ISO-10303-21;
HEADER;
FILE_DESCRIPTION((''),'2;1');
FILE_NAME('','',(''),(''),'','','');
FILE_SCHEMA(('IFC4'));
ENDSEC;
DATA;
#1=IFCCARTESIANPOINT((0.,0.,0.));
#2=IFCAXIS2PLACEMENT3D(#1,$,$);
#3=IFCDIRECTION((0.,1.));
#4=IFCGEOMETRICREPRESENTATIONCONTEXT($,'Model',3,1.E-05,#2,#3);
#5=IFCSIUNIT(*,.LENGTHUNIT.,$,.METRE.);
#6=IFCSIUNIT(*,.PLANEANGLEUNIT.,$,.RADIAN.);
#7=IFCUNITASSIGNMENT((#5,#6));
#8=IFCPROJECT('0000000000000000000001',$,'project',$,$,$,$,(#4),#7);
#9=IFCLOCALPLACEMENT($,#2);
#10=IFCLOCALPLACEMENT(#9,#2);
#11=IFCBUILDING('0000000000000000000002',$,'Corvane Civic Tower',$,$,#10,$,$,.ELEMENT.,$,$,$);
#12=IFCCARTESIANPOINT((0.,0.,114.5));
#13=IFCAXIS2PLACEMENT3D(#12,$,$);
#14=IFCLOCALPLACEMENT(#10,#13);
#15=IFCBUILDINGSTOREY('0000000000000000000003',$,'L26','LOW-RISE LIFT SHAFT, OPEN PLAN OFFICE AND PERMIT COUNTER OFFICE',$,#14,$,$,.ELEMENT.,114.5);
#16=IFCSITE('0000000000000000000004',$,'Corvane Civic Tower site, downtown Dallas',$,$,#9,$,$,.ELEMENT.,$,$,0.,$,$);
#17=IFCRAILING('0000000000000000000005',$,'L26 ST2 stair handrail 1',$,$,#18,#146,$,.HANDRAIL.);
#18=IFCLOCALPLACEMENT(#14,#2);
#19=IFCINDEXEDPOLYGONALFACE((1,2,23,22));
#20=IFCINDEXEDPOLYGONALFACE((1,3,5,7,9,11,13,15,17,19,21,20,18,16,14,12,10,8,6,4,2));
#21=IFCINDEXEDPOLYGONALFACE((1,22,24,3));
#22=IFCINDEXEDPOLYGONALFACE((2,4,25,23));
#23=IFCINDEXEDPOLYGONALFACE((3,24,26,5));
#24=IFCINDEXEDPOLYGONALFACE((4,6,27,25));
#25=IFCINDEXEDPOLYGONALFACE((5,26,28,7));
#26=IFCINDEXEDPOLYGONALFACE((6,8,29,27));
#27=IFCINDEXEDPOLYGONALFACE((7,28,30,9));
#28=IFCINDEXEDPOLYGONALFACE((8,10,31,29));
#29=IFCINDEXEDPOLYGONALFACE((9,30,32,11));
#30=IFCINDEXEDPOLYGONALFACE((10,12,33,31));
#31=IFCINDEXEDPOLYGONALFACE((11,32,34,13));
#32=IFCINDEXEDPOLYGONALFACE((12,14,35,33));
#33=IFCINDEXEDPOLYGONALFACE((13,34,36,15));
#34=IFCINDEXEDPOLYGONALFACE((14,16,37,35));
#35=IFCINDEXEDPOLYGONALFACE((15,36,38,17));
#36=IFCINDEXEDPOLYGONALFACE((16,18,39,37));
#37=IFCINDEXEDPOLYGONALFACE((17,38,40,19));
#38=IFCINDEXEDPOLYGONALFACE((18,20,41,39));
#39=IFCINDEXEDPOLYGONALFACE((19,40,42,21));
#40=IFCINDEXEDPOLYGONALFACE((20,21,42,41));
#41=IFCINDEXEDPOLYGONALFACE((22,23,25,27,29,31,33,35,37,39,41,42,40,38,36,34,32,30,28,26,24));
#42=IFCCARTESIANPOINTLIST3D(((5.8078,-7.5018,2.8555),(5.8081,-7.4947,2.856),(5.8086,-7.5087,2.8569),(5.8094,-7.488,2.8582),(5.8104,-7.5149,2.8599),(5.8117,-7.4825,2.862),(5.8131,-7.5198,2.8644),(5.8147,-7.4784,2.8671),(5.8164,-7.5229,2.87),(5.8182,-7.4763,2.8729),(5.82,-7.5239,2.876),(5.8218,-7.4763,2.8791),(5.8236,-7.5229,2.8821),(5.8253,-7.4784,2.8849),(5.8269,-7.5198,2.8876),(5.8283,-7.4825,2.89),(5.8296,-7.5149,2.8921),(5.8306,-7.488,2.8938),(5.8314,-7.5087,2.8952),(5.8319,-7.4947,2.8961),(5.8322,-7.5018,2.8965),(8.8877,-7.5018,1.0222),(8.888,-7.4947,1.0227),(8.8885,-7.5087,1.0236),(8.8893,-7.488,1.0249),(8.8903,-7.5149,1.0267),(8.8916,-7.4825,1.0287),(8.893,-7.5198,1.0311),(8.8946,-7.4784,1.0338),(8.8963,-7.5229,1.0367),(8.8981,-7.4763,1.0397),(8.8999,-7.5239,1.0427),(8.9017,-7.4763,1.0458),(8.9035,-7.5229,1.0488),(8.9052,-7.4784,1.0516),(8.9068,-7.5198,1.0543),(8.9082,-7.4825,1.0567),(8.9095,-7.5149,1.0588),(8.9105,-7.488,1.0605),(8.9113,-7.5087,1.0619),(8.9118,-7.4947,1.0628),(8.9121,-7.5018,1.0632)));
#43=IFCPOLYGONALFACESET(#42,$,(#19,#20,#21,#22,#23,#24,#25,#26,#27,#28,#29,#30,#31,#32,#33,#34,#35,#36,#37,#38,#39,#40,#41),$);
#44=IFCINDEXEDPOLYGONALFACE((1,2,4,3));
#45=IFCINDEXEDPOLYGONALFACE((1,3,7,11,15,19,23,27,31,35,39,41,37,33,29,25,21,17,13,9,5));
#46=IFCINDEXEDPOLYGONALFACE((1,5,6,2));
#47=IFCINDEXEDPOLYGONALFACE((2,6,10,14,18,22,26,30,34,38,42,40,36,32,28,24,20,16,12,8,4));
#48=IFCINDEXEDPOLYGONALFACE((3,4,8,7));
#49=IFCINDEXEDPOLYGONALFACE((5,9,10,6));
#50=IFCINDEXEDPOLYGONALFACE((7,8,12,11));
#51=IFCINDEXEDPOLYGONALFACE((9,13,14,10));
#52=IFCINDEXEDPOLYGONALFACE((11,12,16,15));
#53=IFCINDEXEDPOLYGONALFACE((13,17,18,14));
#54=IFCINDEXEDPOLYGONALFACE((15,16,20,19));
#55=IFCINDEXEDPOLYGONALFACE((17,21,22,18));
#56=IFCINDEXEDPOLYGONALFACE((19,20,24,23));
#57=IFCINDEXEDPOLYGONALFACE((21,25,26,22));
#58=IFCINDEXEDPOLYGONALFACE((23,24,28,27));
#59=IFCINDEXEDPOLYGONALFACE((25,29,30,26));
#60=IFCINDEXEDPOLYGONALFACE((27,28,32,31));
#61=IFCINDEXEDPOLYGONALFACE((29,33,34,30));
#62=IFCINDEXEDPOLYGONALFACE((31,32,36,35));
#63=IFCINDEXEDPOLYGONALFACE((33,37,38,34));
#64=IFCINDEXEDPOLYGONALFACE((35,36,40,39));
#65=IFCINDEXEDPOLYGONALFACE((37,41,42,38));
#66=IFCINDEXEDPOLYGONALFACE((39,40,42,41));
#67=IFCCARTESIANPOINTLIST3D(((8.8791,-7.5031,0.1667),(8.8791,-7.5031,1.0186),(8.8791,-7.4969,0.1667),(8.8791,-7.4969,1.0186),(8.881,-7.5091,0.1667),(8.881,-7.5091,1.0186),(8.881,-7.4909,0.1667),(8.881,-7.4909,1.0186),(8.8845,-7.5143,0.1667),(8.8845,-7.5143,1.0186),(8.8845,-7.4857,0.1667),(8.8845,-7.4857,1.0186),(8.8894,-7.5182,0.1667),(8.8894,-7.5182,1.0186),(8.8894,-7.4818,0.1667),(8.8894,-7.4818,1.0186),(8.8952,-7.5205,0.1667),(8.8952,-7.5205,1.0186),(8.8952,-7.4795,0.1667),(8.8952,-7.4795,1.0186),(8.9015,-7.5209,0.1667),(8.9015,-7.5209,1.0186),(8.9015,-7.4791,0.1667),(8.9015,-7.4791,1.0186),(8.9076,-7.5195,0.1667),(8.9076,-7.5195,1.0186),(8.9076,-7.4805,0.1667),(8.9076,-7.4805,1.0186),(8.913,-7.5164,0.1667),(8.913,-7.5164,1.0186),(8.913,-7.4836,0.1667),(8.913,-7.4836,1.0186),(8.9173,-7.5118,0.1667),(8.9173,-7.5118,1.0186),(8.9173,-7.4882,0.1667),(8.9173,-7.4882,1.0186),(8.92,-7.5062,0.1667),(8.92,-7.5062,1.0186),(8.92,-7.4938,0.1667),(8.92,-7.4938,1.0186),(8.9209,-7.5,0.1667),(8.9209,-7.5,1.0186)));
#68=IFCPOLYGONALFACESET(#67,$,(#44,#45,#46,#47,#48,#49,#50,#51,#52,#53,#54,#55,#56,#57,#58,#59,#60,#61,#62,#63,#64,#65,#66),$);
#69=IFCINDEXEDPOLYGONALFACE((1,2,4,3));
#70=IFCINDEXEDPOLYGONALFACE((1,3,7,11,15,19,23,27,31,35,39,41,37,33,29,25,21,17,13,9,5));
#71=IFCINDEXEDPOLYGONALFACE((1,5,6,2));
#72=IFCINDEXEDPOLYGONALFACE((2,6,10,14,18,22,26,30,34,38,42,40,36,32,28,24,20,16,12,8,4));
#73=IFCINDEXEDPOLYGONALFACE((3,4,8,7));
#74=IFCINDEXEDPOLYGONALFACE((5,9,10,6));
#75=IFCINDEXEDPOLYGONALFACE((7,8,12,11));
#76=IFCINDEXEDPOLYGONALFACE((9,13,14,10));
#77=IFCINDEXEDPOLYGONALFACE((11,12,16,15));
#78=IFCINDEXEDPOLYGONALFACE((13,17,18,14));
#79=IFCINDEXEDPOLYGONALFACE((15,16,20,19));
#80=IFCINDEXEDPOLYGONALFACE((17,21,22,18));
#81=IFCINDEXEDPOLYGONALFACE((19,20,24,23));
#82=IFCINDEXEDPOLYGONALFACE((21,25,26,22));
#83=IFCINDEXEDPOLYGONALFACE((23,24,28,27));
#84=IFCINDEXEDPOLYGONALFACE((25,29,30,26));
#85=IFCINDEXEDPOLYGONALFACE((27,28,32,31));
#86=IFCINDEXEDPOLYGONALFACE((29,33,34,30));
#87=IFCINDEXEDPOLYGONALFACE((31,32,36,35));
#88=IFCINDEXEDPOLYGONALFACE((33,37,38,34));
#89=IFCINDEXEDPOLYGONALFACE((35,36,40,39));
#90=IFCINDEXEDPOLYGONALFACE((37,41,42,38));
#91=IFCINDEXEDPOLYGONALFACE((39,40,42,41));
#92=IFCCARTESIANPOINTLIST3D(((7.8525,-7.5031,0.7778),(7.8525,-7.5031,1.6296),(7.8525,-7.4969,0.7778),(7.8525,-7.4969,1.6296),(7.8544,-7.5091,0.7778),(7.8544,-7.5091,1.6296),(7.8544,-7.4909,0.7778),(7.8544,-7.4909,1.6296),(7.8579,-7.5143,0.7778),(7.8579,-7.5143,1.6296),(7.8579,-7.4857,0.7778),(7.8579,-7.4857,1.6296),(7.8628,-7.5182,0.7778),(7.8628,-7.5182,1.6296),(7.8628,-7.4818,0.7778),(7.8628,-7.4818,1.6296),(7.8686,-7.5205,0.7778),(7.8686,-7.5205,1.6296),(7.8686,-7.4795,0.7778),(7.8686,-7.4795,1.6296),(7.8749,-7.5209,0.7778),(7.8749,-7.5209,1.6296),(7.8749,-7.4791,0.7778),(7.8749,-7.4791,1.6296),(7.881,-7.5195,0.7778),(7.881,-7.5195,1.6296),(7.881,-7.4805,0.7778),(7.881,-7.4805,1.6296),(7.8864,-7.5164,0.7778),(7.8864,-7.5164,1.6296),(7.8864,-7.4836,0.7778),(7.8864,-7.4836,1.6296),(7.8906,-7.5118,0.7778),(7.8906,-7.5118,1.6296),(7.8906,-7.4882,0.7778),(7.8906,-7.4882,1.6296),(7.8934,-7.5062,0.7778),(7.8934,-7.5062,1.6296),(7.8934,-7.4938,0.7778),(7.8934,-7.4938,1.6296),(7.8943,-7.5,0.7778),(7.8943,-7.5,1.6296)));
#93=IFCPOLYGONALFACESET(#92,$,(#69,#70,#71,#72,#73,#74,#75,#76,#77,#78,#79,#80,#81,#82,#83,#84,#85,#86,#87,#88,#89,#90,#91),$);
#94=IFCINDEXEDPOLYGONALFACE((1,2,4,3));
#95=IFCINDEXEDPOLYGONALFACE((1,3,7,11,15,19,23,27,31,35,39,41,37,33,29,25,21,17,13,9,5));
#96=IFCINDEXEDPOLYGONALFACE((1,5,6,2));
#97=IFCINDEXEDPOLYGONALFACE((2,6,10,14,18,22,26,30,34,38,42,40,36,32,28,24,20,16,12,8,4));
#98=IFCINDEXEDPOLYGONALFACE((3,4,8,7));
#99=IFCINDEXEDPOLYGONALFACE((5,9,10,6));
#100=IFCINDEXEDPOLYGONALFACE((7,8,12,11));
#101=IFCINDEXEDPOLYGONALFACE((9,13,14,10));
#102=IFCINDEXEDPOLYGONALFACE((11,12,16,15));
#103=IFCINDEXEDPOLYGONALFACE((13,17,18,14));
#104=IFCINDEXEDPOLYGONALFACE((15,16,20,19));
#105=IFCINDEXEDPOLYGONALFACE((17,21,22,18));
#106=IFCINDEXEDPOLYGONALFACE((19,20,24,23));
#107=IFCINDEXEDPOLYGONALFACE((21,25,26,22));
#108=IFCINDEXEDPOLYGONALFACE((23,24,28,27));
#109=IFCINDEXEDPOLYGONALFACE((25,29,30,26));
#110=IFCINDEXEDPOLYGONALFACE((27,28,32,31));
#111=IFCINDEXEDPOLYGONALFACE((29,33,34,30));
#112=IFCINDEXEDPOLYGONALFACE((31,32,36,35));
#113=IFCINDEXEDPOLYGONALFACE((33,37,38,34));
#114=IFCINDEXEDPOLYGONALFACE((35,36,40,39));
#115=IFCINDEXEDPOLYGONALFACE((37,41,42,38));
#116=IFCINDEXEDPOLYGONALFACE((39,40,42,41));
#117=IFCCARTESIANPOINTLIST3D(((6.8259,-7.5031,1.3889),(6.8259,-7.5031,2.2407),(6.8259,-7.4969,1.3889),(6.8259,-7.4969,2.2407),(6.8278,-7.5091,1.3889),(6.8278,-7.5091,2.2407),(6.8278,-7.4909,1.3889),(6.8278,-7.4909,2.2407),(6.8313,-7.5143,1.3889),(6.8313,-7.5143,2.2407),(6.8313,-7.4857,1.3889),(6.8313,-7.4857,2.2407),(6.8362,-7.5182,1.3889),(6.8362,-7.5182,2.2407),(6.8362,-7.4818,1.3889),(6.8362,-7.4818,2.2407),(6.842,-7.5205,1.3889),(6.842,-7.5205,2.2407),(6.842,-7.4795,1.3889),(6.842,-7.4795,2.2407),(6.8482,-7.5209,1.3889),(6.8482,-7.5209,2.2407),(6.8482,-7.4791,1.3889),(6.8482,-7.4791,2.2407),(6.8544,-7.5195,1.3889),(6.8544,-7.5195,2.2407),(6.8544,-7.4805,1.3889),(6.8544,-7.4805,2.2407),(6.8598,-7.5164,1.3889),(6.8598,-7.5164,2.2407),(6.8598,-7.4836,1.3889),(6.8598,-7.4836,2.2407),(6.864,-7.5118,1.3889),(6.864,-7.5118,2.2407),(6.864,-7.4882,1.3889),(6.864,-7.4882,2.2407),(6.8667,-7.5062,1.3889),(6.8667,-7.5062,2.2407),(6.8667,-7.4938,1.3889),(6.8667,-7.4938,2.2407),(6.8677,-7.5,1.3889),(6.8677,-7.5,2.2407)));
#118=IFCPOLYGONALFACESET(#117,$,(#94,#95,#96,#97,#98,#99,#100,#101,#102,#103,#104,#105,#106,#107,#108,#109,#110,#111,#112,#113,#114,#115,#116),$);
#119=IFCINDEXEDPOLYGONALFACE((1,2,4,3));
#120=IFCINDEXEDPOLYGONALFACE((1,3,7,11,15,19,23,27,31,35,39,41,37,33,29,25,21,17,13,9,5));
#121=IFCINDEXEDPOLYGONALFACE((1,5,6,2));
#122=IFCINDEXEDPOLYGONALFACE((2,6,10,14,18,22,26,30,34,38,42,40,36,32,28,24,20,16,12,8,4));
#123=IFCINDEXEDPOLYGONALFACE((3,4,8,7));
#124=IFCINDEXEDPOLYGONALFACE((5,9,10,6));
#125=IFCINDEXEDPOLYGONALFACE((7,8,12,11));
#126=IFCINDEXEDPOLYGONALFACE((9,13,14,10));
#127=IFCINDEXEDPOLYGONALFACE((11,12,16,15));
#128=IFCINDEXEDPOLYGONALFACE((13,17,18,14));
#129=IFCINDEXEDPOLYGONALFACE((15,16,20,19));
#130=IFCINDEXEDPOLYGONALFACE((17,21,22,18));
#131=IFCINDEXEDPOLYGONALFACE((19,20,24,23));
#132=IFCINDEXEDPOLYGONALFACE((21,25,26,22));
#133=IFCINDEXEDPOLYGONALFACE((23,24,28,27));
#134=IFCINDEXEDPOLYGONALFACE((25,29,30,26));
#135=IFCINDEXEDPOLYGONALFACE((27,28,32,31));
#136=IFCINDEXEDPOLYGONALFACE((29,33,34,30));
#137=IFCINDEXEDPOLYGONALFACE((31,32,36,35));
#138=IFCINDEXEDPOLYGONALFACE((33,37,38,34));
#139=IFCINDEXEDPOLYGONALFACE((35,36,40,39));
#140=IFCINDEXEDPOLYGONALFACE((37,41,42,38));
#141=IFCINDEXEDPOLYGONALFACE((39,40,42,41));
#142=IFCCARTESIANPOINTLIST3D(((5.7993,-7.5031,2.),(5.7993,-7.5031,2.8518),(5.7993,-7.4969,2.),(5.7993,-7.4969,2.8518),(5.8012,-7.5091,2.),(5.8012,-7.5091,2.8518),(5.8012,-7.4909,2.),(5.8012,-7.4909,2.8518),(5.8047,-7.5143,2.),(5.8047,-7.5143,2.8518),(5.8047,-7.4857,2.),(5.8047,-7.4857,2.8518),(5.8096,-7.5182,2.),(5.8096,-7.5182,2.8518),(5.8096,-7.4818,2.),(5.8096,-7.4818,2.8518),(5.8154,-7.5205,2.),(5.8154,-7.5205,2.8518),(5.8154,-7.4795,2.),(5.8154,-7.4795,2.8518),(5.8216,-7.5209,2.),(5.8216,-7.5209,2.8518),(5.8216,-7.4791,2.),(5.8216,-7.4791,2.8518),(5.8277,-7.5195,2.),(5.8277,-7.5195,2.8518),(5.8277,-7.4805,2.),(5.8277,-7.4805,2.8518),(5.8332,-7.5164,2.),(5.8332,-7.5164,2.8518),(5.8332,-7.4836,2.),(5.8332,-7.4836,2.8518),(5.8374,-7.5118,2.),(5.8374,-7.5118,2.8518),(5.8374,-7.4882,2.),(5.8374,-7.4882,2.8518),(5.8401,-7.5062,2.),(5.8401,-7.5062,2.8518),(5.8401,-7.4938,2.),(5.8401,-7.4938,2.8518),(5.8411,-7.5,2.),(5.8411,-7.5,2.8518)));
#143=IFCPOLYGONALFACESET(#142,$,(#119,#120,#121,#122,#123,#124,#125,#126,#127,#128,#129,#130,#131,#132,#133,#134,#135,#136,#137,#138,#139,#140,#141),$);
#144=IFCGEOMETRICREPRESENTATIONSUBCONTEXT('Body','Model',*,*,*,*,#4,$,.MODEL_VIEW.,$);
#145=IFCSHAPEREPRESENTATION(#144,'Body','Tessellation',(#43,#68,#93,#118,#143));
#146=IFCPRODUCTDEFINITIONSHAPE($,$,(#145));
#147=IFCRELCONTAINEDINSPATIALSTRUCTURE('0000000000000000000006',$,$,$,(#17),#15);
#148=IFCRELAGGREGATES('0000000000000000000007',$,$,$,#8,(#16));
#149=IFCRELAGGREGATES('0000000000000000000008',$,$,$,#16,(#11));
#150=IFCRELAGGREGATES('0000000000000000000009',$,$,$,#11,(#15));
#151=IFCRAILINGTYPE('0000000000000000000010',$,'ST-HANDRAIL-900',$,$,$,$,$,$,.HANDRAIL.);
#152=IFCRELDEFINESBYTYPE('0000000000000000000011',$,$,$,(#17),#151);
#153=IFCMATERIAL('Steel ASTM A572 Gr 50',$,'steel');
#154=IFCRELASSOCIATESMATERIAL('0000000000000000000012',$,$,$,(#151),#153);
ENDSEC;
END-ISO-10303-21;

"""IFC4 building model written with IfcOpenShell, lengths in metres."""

from ifc_helpers import new_model, si_unit, direction, frame, origin, origin_2d, place, context, subcontext, project, spatial, circle, extrude, material, type_object, element, save


model = new_model("IFC4")

# Units and contexts
model_context = context("Model", 3, precision=1e-05, world=origin(), true_north=direction((0.0, 1.0)))
body_context = subcontext(model_context, "Body", "Model", "MODEL_VIEW")
ifc_project = project(units=[si_unit("LENGTHUNIT", "METRE"), si_unit("PLANEANGLEUNIT", "RADIAN")], contexts=[model_context])

# Site, building, storey
site_placement = place(None, origin())
site = spatial("IfcSite", under=ifc_project, at=site_placement, Name="Corvane Civic Tower site, downtown Dallas", CompositionType="ELEMENT", RefElevation=0.0)
building_placement = place(site_placement, origin())
building = spatial("IfcBuilding", under=site, at=building_placement, Name="Corvane Civic Tower", CompositionType="ELEMENT")
storey_placement = place(building_placement, frame((0.0, 0.0, 114.5)))
storey = spatial("IfcBuildingStorey", under=building, at=storey_placement, Name="L26", Description="LOW-RISE LIFT SHAFT, OPEN PLAN OFFICE AND PERMIT COUNTER OFFICE", CompositionType="ELEMENT", Elevation=114.5)

# Railing
ifc_material_1 = material(Name="Steel ASTM A572 Gr 50", Category="steel")
railing_type_1 = type_object("IfcRailingType", Name="ST-HANDRAIL-900", PredefinedType="HANDRAIL", material=ifc_material_1)
railing_1_placement = place(storey_placement, frame((8.8999, -7.5, 0.1667)))
element("IfcRailing", 1, at=railing_1_placement, inside=storey, type_object=railing_type_1, Name="L26 ST2 stair handrail 1", PredefinedType="HANDRAIL", context=body_context, shape_type="SweptSolid", body=[
    extrude(circle(Radius=0.0239, at=origin_2d()), frame((0.0, 0.0, 0.876), z_axis=(-0.859291, 0.0, 0.511487), x_axis=(0.0, -1.0, 0.0)), (0.0, 0.0, 1.0), 3.5842),
    extrude(circle(Radius=0.021, at=origin_2d()), origin(), (0.0, 0.0, 1.0), 0.8518),
    extrude(circle(Radius=0.021, at=origin_2d()), frame((-1.0266, 0.0, 0.6111)), (0.0, 0.0, 1.0), 0.8518),
    extrude(circle(Radius=0.021, at=origin_2d()), frame((-2.0532, 0.0, 1.2222)), (0.0, 0.0, 1.0), 0.8518),
    extrude(circle(Radius=0.021, at=origin_2d()), frame((-3.0798, 0.0, 1.8333)), (0.0, 0.0, 1.0), 0.8518),
])

save(model, "model.ifc")
